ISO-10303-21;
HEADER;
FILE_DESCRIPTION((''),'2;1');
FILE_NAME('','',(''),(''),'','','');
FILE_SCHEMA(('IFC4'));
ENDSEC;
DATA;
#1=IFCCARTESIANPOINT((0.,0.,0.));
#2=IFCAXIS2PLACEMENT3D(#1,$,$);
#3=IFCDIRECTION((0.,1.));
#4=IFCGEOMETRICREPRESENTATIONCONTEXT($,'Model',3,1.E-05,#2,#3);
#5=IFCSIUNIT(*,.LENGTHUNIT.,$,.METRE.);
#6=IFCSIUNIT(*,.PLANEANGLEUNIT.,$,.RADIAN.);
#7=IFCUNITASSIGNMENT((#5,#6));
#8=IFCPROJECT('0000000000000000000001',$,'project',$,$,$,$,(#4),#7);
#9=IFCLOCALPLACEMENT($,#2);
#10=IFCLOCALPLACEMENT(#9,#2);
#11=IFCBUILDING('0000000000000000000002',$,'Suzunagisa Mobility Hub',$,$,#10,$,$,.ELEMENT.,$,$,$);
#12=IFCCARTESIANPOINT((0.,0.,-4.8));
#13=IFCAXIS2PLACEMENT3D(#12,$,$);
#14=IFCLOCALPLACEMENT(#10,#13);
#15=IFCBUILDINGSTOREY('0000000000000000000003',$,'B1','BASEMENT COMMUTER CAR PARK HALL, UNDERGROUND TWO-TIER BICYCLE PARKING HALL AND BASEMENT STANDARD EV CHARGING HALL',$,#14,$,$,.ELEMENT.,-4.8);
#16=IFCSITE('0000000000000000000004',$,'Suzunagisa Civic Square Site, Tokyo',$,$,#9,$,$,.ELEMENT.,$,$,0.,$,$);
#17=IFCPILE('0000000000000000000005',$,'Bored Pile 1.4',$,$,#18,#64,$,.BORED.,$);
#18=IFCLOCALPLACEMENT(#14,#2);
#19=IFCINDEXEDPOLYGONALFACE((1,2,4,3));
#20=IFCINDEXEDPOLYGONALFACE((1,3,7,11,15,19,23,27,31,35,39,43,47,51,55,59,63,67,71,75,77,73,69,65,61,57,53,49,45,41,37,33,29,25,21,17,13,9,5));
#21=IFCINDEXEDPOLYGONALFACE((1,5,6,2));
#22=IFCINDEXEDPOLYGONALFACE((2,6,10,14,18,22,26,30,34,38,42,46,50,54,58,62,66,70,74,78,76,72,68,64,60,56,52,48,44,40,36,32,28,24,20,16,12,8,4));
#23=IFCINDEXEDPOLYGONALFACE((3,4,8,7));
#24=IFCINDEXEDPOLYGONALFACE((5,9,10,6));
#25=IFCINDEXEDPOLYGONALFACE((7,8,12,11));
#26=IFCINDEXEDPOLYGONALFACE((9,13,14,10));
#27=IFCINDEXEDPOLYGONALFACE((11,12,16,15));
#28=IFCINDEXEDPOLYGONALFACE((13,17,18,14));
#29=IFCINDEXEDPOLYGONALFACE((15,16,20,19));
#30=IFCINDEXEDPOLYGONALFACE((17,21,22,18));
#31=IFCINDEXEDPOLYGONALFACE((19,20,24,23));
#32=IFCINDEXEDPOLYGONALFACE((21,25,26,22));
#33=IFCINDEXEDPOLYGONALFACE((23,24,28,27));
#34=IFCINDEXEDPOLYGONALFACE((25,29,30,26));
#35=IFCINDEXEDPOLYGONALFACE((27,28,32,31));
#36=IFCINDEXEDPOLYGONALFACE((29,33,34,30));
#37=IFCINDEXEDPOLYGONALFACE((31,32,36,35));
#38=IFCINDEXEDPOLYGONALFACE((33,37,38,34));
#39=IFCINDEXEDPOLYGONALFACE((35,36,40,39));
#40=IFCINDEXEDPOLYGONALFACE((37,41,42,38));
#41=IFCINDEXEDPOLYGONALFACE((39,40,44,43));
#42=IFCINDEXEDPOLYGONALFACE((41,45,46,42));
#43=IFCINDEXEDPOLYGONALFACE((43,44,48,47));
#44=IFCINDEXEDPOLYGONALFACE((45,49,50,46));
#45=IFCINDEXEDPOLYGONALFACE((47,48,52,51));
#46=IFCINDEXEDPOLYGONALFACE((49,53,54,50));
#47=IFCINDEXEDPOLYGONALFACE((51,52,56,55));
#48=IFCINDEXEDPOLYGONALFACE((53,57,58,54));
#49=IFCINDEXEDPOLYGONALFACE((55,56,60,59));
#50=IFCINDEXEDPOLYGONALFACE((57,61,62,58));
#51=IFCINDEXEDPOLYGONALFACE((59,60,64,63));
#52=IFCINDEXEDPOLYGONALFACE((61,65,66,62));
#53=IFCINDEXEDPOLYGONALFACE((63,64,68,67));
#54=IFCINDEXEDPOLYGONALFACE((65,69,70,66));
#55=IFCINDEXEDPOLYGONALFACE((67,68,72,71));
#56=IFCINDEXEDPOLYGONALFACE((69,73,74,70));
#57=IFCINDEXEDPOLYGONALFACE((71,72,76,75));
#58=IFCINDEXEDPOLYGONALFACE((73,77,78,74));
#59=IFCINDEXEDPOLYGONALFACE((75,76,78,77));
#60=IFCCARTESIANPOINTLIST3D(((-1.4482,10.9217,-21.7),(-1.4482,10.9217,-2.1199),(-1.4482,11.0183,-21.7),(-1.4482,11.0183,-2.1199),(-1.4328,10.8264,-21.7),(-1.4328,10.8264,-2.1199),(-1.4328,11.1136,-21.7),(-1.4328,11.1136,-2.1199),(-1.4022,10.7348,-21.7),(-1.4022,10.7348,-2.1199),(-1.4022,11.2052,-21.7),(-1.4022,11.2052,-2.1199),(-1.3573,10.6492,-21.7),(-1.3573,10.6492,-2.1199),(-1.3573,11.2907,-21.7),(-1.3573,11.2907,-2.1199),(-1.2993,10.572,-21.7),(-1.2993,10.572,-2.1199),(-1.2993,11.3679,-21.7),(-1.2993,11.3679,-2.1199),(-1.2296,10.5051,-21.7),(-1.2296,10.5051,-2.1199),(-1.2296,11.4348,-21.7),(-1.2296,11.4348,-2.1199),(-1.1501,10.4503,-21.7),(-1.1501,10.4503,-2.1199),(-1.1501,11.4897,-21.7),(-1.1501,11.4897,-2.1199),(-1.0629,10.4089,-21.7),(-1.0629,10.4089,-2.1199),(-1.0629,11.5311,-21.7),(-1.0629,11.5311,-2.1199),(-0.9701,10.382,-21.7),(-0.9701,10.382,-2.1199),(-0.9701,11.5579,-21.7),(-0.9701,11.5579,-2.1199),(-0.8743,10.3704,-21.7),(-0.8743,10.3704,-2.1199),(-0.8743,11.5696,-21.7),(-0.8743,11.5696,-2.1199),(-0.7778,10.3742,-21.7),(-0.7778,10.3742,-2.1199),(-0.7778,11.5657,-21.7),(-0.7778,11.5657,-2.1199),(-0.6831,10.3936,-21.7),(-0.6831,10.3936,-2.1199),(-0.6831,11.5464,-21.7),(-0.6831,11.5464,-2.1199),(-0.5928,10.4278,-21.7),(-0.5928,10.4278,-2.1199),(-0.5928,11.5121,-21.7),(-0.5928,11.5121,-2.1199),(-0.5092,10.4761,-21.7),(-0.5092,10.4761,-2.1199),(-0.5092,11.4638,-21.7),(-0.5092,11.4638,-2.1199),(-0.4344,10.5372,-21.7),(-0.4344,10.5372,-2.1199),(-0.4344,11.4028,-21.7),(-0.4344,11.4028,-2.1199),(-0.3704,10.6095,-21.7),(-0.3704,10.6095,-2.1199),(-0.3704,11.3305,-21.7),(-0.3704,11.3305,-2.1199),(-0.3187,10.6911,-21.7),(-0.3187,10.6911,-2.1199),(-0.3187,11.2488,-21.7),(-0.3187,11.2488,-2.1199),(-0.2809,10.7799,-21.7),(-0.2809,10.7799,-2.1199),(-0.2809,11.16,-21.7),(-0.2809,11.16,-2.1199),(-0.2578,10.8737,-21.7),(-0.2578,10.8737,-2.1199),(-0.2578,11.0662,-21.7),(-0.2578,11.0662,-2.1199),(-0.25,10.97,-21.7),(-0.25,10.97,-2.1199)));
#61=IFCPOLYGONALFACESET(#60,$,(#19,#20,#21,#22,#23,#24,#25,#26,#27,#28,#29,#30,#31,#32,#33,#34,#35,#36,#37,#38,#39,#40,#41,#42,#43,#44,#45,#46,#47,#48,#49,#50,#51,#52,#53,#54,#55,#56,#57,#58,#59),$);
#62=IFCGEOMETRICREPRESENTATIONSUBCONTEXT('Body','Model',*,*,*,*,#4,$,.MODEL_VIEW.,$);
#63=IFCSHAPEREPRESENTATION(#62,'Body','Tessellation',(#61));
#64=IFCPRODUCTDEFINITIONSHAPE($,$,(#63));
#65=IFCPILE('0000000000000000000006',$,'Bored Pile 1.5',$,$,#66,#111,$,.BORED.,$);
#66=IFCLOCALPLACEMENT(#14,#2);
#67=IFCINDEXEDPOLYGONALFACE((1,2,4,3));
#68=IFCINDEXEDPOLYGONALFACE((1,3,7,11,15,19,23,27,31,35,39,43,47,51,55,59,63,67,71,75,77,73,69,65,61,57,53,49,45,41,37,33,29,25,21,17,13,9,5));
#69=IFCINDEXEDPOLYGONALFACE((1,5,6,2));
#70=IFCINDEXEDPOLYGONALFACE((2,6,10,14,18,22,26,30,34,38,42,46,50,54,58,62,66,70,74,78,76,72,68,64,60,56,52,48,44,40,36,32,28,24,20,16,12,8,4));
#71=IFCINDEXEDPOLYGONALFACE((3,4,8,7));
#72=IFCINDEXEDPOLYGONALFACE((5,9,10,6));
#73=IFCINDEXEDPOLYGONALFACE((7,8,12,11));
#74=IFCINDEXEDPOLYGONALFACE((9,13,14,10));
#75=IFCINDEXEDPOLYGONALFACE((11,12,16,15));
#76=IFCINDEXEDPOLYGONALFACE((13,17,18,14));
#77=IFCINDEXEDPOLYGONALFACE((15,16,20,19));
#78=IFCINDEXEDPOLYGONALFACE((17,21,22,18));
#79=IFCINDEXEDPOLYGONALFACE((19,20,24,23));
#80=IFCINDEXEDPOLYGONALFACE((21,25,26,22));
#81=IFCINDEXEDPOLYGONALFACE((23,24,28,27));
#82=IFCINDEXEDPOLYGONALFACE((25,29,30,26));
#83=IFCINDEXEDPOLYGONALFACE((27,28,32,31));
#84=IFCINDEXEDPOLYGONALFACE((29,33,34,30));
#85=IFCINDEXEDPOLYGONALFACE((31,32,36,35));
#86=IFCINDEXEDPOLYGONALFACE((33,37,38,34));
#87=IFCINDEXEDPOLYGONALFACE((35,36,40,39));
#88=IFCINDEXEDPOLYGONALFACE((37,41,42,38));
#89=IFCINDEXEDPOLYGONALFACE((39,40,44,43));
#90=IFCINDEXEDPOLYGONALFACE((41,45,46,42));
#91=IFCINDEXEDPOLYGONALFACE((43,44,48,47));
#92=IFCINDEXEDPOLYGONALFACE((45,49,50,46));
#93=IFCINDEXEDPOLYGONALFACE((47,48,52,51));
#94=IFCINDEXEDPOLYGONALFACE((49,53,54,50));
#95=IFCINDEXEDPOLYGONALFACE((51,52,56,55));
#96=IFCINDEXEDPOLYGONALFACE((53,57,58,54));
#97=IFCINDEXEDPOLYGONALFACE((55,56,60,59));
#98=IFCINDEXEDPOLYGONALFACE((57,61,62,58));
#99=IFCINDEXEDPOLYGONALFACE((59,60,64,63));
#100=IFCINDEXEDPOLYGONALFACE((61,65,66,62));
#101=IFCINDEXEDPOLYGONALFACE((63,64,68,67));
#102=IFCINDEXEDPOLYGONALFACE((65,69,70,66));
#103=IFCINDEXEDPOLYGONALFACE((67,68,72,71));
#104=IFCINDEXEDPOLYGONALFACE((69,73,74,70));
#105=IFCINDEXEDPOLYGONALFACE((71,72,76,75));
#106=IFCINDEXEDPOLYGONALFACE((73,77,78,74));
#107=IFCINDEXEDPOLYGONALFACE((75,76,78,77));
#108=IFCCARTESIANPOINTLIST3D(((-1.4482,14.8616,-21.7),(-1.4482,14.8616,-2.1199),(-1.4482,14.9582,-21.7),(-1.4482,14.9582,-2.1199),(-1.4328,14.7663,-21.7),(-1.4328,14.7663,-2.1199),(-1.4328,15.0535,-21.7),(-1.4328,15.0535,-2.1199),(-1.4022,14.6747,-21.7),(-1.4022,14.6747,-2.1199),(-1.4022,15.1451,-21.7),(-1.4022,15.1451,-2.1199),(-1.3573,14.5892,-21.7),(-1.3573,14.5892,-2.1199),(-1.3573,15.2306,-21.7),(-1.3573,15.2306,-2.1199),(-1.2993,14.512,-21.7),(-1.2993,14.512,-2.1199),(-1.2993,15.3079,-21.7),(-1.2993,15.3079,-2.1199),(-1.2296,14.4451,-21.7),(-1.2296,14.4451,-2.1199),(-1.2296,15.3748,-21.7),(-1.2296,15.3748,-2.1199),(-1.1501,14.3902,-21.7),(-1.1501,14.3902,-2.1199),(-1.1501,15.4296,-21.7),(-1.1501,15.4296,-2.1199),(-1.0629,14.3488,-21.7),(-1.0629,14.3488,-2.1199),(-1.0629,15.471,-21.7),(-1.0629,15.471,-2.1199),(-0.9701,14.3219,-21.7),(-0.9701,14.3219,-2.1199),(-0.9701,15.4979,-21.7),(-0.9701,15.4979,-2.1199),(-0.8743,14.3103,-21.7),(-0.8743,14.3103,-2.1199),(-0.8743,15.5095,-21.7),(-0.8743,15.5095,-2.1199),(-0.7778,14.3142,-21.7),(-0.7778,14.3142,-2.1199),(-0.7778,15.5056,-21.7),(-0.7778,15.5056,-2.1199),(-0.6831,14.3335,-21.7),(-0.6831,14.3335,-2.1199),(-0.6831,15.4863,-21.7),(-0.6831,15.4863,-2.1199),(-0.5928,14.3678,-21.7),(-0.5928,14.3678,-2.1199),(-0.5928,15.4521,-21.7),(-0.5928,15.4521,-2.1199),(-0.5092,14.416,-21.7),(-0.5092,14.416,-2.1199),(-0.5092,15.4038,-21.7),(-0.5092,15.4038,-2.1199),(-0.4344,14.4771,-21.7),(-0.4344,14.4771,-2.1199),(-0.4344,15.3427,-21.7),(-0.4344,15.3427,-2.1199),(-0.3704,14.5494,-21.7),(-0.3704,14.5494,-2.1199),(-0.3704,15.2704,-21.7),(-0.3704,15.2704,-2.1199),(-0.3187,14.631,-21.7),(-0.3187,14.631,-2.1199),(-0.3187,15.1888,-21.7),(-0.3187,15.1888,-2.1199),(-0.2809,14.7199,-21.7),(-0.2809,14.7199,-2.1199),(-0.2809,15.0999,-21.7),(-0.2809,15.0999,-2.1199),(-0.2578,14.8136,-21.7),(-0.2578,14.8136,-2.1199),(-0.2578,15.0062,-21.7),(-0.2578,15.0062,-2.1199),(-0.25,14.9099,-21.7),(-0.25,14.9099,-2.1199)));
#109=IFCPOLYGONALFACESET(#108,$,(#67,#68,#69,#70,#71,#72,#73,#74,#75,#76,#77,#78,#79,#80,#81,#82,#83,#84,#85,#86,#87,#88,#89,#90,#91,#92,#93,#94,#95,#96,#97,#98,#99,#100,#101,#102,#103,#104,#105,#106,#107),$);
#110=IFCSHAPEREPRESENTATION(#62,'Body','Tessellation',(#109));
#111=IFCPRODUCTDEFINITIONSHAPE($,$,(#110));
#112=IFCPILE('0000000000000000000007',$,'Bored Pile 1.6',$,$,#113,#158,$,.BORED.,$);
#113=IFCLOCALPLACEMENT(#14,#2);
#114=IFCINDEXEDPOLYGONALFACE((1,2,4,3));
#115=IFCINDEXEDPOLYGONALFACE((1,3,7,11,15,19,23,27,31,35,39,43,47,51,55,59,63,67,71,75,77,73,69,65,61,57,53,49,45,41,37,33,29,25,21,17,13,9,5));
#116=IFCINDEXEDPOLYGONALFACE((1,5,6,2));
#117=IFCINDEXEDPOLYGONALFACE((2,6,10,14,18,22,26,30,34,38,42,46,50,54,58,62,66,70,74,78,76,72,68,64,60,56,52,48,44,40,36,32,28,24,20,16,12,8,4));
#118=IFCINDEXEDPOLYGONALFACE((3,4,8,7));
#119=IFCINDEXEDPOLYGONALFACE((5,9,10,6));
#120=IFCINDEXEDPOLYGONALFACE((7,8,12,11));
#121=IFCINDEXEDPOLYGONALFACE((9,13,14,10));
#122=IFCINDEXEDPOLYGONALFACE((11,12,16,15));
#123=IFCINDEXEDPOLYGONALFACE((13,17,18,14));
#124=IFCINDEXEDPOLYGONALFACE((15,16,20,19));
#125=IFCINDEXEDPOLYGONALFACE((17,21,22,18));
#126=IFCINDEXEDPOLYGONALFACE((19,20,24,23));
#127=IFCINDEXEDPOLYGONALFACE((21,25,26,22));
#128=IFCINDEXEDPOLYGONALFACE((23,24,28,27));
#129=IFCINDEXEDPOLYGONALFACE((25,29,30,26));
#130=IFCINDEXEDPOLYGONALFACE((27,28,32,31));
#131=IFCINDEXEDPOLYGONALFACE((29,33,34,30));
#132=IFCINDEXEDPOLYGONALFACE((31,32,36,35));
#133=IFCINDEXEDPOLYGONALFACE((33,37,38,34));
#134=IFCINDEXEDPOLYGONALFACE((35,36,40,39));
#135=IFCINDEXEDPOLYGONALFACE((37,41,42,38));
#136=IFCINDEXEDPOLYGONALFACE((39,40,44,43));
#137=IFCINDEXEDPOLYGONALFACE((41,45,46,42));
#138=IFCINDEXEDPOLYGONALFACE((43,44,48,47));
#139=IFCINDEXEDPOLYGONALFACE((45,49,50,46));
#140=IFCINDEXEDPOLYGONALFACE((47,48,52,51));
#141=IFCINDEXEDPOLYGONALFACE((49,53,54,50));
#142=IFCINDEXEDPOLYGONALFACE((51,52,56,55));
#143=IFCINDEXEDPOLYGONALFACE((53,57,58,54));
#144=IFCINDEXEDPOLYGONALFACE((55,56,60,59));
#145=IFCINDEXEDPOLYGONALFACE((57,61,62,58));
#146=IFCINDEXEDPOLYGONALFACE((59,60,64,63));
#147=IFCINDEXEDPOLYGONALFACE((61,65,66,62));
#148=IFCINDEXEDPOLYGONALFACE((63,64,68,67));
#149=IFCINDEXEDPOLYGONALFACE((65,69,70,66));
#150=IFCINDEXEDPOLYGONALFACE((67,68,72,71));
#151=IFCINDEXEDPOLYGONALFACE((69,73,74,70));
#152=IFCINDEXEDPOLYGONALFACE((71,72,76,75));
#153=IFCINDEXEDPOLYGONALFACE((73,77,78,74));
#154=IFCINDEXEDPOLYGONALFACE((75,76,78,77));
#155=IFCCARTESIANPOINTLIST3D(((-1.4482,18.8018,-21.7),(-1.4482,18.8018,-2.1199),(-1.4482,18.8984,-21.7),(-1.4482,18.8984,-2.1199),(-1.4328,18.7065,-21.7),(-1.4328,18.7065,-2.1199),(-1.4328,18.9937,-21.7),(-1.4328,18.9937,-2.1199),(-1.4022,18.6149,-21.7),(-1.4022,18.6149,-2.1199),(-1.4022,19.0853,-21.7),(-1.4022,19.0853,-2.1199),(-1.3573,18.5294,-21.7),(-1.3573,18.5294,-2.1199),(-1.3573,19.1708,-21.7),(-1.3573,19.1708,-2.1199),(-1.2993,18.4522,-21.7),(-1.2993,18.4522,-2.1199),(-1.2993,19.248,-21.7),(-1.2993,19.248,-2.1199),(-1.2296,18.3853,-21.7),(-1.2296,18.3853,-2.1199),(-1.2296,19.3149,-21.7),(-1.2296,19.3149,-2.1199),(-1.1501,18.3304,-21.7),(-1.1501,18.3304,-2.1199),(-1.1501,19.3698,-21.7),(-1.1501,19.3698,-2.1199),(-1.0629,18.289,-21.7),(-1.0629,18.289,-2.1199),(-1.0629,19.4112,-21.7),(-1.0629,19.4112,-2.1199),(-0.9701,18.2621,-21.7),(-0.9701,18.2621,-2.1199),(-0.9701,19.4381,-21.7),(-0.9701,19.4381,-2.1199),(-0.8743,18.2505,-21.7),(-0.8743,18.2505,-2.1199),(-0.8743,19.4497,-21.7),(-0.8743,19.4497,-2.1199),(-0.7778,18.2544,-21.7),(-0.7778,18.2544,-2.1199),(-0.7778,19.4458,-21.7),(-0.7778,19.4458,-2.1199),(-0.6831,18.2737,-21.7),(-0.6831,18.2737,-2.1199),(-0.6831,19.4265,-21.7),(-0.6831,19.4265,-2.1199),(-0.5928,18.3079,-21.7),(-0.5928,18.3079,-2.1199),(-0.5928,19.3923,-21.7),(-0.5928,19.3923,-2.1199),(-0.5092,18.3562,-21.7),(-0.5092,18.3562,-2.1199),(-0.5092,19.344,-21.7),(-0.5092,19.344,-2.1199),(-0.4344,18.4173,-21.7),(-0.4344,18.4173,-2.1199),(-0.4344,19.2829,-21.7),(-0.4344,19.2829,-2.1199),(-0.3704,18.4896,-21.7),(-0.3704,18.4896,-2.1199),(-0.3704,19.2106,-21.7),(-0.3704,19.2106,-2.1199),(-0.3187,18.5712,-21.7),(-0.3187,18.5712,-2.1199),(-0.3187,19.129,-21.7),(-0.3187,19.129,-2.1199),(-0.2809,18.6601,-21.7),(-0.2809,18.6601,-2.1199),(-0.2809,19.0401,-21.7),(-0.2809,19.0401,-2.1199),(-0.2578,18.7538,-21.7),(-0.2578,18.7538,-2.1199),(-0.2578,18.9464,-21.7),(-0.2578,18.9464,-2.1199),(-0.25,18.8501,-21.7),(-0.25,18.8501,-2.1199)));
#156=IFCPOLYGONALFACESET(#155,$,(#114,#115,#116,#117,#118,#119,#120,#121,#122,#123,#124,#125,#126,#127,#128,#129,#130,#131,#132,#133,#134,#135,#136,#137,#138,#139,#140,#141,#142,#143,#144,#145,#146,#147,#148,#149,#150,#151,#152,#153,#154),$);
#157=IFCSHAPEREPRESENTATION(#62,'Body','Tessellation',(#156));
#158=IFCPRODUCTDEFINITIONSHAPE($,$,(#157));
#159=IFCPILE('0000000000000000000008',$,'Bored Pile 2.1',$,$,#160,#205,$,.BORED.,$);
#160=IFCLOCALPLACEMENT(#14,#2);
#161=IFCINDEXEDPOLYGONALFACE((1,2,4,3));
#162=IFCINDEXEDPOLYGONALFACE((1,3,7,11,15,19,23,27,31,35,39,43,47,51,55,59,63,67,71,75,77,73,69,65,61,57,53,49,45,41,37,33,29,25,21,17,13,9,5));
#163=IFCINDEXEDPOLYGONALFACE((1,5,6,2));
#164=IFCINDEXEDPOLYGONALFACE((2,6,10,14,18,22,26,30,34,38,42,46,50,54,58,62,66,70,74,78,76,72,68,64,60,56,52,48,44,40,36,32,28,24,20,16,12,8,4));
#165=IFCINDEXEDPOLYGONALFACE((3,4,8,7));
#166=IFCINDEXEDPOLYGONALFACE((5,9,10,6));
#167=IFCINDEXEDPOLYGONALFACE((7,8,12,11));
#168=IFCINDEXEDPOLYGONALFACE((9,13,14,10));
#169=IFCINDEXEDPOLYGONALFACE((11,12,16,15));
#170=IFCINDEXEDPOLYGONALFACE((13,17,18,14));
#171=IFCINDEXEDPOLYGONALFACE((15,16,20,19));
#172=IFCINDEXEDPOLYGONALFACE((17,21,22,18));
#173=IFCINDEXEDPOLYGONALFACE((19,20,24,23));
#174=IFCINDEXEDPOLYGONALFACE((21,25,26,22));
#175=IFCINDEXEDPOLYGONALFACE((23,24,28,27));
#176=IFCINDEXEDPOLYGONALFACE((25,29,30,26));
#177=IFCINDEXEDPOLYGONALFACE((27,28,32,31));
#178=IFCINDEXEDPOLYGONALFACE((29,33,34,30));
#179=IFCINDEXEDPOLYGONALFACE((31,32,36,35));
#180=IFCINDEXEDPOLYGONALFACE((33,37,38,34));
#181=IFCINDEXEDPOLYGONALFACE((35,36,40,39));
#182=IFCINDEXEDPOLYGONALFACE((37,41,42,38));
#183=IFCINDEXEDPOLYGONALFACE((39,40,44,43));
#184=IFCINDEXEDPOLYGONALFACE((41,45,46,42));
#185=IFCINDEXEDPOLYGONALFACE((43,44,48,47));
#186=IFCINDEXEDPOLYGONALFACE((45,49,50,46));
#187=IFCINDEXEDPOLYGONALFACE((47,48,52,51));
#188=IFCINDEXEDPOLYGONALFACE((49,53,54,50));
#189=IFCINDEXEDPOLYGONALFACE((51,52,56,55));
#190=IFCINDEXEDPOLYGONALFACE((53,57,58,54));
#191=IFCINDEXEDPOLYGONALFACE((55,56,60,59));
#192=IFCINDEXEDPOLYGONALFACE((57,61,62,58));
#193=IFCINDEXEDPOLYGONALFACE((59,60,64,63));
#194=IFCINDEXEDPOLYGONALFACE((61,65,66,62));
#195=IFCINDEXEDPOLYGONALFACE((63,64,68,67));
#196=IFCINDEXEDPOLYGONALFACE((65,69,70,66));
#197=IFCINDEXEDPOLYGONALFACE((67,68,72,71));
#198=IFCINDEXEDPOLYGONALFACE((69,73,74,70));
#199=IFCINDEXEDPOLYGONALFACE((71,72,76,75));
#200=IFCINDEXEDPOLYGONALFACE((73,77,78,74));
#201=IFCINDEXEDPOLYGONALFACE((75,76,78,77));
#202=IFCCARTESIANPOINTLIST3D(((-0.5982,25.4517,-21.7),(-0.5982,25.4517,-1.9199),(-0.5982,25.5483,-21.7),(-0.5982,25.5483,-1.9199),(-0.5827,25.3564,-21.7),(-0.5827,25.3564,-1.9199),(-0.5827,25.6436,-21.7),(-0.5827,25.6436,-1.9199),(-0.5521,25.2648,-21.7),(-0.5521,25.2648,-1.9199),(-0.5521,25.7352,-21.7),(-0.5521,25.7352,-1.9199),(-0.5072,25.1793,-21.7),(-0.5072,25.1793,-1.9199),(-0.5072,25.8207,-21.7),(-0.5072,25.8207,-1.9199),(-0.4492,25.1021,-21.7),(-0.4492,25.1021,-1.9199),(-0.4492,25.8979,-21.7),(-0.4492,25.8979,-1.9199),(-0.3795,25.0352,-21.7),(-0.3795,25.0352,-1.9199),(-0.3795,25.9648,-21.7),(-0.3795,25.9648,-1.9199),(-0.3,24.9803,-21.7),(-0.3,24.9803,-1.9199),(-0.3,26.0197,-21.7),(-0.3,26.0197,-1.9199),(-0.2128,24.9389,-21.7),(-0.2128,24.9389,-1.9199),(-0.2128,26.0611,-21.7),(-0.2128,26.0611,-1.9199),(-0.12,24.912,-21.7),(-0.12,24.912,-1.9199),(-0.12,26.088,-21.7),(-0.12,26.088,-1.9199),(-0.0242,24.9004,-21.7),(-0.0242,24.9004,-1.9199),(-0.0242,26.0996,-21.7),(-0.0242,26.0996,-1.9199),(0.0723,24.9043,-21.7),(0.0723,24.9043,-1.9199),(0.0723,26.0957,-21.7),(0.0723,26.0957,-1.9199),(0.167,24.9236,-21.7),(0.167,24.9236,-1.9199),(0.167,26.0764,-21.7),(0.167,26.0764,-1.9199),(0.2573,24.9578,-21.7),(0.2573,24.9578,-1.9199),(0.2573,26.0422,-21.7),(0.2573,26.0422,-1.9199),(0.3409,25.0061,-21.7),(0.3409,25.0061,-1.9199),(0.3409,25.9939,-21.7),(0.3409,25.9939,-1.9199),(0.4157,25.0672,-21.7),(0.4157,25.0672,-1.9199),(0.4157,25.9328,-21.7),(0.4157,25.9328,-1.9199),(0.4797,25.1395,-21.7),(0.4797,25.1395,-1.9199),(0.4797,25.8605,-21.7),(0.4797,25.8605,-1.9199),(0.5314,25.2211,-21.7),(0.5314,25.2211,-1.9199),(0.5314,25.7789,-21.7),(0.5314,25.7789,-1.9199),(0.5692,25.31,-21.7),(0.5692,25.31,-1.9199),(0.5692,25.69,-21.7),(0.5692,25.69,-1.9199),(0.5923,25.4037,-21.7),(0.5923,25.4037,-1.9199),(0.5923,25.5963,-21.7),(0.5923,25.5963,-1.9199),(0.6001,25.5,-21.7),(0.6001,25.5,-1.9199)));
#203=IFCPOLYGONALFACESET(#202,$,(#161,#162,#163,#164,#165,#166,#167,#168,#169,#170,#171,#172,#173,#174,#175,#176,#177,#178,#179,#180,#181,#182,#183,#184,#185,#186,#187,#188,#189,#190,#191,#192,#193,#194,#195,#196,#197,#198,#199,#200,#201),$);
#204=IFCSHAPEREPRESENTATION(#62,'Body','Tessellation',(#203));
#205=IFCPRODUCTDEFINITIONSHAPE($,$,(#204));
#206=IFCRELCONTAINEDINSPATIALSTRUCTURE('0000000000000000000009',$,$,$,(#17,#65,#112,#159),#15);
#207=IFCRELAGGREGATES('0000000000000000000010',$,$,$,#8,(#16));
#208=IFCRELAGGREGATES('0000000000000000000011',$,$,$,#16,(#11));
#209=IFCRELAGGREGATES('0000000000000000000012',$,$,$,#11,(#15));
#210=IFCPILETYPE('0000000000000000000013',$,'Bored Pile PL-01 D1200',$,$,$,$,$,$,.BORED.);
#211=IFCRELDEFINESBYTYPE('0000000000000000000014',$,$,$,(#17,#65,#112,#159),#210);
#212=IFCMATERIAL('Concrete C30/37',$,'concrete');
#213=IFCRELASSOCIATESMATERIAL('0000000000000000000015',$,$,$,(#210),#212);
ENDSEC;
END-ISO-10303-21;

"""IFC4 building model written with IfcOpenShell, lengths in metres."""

from ifc_helpers import new_model, si_unit, direction, frame, origin, origin_2d, place, context, subcontext, project, spatial, circle, extrude, material, material_profile, profile_set, type_object, element, save


model = new_model("IFC4")

# Units and contexts
model_context = context("Model", 3, precision=1e-05, world=origin(), true_north=direction((0.0, 1.0)))
body_context = subcontext(model_context, "Body", "Model", "MODEL_VIEW")
ifc_project = project(units=[si_unit("LENGTHUNIT", "METRE"), si_unit("PLANEANGLEUNIT", "RADIAN")], contexts=[model_context])

# Site, building, storey
site_placement = place(None, origin())
site = spatial("IfcSite", under=ifc_project, at=site_placement, Name="Suzunagisa Civic Square Site, Tokyo", CompositionType="ELEMENT", RefElevation=0.0)
building_placement = place(site_placement, origin())
building = spatial("IfcBuilding", under=site, at=building_placement, Name="Suzunagisa Mobility Hub", CompositionType="ELEMENT")
storey_placement = place(building_placement, frame((0.0, 0.0, -4.8)))
storey = spatial("IfcBuildingStorey", under=building, at=storey_placement, Name="B1", Description="BASEMENT COMMUTER CAR PARK HALL, UNDERGROUND TWO-TIER BICYCLE PARKING HALL AND BASEMENT STANDARD EV CHARGING HALL", CompositionType="ELEMENT", Elevation=-4.8)

# Piles
ifc_material_1 = material(Name="Concrete C30/37", Category="concrete")
ifc_material_profile_1 = material_profile(ifc_material_1, circle(Radius=0.6001, at=origin_2d()), Name="BORED PILE D1200")
ifc_profile_set_1 = profile_set([ifc_material_profile_1], Name="Concrete C30/37")
pile_type = type_object("IfcPileType", Name="Bored Pile PL-01 D1200", PredefinedType="BORED", material=ifc_profile_set_1)
for number, where, z_axis, x_axis, name in (
    (1, (-0.8501, 10.97, -2.1199), (0.0, 0.0, -1.0), (1.0, 0.0, 0.0), "Bored Pile 1.4"),
    (2, (-0.8501, 14.9099, -2.1199), (0.0, 0.0, -1.0), (1.0, 0.0, 0.0), "Bored Pile 1.5"),
    (3, (-0.8501, 18.8501, -2.1199), (0.0, 0.0, -1.0), (1.0, 0.0, 0.0), "Bored Pile 1.6"),
):
    element("IfcPile", number, at=place(storey_placement, frame(where, z_axis=z_axis, x_axis=x_axis)), inside=storey, type_object=pile_type, Name=name, PredefinedType="BORED", context=body_context, shape_type="SweptSolid", body=[
        extrude(circle(Radius=0.6001, at=origin_2d()), origin(), (0.0, 0.0, 1.0), 19.5801),
    ])
for number, where, z_axis, x_axis, name in (
    (4, (0.0, 25.5, -1.9199), (0.0, 0.0, -1.0), (1.0, 0.0, 0.0), "Bored Pile 2.1"),
):
    element("IfcPile", number, at=place(storey_placement, frame(where, z_axis=z_axis, x_axis=x_axis)), inside=storey, type_object=pile_type, Name=name, PredefinedType="BORED", context=body_context, shape_type="SweptSolid", body=[
        extrude(circle(Radius=0.6001, at=origin_2d()), origin(), (0.0, 0.0, 1.0), 19.78),
    ])

save(model, "model.ifc")
